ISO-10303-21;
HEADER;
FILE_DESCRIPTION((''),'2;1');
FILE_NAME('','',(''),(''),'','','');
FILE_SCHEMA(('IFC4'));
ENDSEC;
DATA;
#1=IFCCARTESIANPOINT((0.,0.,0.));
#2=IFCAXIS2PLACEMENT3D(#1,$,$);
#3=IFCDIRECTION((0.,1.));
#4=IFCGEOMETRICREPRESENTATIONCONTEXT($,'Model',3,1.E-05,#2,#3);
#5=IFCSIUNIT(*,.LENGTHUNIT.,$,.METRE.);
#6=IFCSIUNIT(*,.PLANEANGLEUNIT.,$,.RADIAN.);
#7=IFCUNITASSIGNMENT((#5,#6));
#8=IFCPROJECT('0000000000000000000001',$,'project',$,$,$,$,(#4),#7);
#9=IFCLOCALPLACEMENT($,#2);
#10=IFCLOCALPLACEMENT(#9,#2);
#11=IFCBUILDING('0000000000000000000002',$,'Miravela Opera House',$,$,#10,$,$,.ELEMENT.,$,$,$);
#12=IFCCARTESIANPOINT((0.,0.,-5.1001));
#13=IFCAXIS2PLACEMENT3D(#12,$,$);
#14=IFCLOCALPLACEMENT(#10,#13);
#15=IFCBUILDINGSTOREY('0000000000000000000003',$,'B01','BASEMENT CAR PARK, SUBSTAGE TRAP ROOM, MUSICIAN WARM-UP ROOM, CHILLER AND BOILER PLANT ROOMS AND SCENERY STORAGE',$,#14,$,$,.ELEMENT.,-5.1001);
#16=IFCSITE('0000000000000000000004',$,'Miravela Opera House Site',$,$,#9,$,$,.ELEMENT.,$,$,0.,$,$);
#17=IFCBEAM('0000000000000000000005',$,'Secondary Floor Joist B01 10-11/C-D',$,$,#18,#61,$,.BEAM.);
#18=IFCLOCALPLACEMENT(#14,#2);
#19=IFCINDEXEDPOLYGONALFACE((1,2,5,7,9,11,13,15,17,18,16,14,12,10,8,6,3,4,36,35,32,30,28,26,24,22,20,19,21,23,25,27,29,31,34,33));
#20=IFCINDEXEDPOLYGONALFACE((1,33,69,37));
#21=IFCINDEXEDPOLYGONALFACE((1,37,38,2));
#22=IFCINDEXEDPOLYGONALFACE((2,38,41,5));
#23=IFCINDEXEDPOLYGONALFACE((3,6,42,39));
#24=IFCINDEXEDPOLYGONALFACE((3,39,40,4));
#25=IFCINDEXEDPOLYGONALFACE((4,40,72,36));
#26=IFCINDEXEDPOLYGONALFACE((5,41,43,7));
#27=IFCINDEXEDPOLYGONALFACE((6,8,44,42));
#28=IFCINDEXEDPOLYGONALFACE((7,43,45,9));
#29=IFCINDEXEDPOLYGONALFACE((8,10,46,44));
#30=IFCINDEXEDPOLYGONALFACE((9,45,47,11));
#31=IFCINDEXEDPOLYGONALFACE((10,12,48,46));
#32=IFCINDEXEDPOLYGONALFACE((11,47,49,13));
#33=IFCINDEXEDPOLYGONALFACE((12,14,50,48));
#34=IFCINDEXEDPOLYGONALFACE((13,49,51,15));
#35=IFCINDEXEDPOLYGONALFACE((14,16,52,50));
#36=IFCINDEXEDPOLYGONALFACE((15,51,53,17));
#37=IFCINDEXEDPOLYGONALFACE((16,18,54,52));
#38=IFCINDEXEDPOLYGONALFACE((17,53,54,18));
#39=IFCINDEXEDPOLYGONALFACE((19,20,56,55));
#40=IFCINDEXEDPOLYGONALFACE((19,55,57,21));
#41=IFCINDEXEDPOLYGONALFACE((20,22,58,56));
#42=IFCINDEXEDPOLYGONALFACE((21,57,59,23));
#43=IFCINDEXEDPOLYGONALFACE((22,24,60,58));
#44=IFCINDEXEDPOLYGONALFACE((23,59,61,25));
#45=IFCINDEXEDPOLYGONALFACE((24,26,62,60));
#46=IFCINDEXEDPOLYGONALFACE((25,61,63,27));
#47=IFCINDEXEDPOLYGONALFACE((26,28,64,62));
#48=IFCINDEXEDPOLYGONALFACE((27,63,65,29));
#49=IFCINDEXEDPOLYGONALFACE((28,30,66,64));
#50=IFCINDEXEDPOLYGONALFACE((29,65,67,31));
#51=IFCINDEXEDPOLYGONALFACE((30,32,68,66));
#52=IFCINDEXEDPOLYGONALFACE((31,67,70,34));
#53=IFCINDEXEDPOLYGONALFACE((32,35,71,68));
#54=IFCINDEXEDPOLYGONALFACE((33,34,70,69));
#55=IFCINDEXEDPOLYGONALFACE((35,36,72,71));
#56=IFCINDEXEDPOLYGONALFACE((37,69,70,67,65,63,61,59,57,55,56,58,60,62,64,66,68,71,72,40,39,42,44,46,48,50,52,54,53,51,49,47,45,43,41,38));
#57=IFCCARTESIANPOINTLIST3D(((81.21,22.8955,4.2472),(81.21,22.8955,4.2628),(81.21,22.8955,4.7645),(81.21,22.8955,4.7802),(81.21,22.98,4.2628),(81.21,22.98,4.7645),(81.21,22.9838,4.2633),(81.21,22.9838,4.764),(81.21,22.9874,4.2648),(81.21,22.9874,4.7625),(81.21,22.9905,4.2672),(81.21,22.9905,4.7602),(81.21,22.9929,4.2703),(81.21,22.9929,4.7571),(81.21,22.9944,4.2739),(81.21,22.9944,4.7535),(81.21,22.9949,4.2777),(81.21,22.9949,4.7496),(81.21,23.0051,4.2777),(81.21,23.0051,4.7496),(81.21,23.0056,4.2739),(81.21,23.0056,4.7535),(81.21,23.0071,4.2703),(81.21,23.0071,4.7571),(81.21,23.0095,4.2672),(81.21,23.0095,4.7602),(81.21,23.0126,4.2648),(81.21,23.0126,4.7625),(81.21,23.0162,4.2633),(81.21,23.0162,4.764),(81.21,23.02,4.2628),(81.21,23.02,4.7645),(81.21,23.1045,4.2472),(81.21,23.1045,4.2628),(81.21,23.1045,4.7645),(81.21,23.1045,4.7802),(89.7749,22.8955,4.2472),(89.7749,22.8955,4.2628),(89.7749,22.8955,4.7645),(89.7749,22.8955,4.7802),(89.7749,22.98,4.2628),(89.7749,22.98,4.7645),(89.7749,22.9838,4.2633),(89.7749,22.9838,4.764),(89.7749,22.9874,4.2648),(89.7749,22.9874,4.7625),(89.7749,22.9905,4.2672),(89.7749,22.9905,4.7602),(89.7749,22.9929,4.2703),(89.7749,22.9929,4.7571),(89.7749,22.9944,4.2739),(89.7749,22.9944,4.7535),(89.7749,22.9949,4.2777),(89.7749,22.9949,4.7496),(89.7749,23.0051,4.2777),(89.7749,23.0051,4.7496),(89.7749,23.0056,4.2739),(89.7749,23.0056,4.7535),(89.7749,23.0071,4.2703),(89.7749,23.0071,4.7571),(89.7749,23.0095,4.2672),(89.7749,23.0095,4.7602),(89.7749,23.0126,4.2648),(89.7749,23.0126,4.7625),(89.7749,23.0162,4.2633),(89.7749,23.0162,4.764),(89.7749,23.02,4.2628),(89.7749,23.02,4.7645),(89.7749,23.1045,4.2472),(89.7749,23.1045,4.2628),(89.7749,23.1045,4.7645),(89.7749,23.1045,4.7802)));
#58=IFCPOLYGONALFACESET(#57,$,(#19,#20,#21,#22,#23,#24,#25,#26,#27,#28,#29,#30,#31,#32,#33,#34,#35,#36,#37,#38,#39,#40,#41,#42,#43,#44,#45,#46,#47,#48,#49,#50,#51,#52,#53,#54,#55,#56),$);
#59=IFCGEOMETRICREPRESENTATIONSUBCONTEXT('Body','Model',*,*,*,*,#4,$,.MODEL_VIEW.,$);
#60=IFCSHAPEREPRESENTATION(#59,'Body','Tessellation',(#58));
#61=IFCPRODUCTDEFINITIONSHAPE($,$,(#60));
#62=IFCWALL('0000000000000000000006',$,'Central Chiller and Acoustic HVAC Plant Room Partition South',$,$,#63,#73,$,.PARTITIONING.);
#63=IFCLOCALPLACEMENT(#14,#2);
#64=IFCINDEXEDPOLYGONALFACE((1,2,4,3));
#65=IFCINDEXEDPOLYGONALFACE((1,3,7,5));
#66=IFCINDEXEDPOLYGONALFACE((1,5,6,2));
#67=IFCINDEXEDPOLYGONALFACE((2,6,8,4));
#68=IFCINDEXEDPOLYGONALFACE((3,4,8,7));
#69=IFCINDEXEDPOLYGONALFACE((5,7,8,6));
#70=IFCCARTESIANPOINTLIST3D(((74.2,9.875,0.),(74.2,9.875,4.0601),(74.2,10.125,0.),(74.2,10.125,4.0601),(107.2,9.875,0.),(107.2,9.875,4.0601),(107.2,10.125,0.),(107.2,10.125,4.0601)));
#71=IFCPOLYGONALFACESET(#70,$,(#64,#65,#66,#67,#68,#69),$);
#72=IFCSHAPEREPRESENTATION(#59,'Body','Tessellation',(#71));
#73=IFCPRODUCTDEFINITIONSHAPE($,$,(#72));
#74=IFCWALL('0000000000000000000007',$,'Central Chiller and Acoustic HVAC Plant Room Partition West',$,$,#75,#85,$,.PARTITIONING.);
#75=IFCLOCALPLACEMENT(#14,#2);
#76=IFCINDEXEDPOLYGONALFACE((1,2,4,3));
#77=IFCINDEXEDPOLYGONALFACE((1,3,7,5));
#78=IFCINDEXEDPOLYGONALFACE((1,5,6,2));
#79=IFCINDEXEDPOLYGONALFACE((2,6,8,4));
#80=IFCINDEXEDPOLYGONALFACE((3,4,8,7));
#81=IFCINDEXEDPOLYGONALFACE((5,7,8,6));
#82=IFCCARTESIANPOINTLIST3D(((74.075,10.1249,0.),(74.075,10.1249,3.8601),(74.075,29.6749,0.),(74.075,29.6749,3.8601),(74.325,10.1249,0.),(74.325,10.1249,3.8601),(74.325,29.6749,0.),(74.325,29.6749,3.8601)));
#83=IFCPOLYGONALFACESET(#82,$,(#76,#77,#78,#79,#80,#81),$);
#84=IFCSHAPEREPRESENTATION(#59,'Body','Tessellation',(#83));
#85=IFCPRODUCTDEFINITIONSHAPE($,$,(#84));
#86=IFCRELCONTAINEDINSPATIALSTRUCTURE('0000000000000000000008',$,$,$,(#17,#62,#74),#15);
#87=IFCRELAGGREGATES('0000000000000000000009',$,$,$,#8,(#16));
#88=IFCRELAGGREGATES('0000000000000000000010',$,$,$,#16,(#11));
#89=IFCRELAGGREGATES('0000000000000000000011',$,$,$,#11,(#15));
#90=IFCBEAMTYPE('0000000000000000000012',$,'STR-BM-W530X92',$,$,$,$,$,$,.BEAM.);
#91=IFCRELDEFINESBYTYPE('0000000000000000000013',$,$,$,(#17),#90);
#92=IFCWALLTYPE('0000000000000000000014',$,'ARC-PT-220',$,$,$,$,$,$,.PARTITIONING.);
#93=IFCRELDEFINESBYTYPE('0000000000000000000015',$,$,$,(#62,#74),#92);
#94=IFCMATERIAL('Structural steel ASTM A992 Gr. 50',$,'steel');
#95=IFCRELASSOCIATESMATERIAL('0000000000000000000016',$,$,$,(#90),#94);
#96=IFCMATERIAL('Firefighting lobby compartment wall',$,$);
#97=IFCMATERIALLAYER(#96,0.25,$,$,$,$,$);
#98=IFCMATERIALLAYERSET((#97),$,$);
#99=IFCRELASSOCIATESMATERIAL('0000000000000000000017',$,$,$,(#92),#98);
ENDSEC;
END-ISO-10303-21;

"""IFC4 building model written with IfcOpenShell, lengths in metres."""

from ifc_helpers import new_model, si_unit, direction, frame, frame_2d, origin, origin_2d, place, context, subcontext, project, spatial, rectangle, i_section, extrude, material, layer, layer_set, material_profile, profile_set, type_object, element, save


model = new_model("IFC4")

# Units and contexts
model_context = context("Model", 3, precision=1e-05, world=origin(), true_north=direction((0.0, 1.0)))
body_context = subcontext(model_context, "Body", "Model", "MODEL_VIEW")
ifc_project = project(units=[si_unit("LENGTHUNIT", "METRE"), si_unit("PLANEANGLEUNIT", "RADIAN")], contexts=[model_context])

# Site, building, storey
site_placement = place(None, origin())
site = spatial("IfcSite", under=ifc_project, at=site_placement, Name="Miravela Opera House Site", CompositionType="ELEMENT", RefElevation=0.0)
building_placement = place(site_placement, origin())
building = spatial("IfcBuilding", under=site, at=building_placement, Name="Miravela Opera House", CompositionType="ELEMENT")
storey_placement = place(building_placement, frame((0.0, 0.0, -5.1001)))
storey = spatial("IfcBuildingStorey", under=building, at=storey_placement, Name="B01", Description="BASEMENT CAR PARK, SUBSTAGE TRAP ROOM, MUSICIAN WARM-UP ROOM, CHILLER AND BOILER PLANT ROOMS AND SCENERY STORAGE", CompositionType="ELEMENT", Elevation=-5.1001)

# Beam
ifc_material_1 = material(Name="Structural steel ASTM A992 Gr. 50", Category="steel")
ifc_material_profile_1 = material_profile(ifc_material_1, i_section(OverallWidth=0.209, OverallDepth=0.533, WebThickness=0.0103, FlangeThickness=0.0156, FilletRadius=0.0149, at=origin_2d()), Name="W530X92")
ifc_profile_set_1 = profile_set([ifc_material_profile_1])
beam_type_1 = type_object("IfcBeamType", Name="STR-BM-W530X92", PredefinedType="BEAM", material=ifc_profile_set_1)
beam_1_placement = place(storey_placement, frame((81.21, 23.0, 4.5137), z_axis=(1.0, 0.0, 0.0), x_axis=(0.0, 1.0, 0.0)))
element("IfcBeam", 1, at=beam_1_placement, inside=storey, type_object=beam_type_1, Name="Secondary Floor Joist B01 10-11/C-D", PredefinedType="BEAM", context=body_context, shape_type="SweptSolid", body=[
    extrude(i_section(OverallWidth=0.209, OverallDepth=0.533, WebThickness=0.0103, FlangeThickness=0.0156, FilletRadius=0.0149, at=origin_2d()), origin(), (0.0, 0.0, 1.0), 8.5649),
])

# Walls
ifc_material_2 = material(Name="Firefighting lobby compartment wall")
ifc_layer = layer(ifc_material_2, 0.25)
ifc_layer_set = layer_set([ifc_layer])
wall_type = type_object("IfcWallType", Name="ARC-PT-220", PredefinedType="PARTITIONING", material=ifc_layer_set)
wall_1_placement = place(storey_placement, frame((74.2, 10.0, 0.0), z_axis=(0.0, 0.0, 1.0), x_axis=(1.0, 0.0, 0.0)))
element("IfcWall", 2, at=wall_1_placement, inside=storey, type_object=wall_type, Name="Central Chiller and Acoustic HVAC Plant Room Partition South", PredefinedType="PARTITIONING", context=body_context, shape_type="SweptSolid", body=[
    extrude(rectangle(XDim=33.0, YDim=0.25, at=frame_2d((16.5, 0.0))), origin(), (0.0, 0.0, 1.0), 4.0601),
])
wall_2_placement = place(storey_placement, frame((74.2, 10.125, 0.0), z_axis=(0.0, 0.0, 1.0), x_axis=(0.0, 1.0, 0.0)))
element("IfcWall", 3, at=wall_2_placement, inside=storey, type_object=wall_type, Name="Central Chiller and Acoustic HVAC Plant Room Partition West", PredefinedType="PARTITIONING", context=body_context, shape_type="SweptSolid", body=[
    extrude(rectangle(XDim=19.55, YDim=0.25, at=frame_2d((9.7749, 0.0))), origin(), (0.0, 0.0, 1.0), 3.8601),
])

save(model, "model.ifc")
